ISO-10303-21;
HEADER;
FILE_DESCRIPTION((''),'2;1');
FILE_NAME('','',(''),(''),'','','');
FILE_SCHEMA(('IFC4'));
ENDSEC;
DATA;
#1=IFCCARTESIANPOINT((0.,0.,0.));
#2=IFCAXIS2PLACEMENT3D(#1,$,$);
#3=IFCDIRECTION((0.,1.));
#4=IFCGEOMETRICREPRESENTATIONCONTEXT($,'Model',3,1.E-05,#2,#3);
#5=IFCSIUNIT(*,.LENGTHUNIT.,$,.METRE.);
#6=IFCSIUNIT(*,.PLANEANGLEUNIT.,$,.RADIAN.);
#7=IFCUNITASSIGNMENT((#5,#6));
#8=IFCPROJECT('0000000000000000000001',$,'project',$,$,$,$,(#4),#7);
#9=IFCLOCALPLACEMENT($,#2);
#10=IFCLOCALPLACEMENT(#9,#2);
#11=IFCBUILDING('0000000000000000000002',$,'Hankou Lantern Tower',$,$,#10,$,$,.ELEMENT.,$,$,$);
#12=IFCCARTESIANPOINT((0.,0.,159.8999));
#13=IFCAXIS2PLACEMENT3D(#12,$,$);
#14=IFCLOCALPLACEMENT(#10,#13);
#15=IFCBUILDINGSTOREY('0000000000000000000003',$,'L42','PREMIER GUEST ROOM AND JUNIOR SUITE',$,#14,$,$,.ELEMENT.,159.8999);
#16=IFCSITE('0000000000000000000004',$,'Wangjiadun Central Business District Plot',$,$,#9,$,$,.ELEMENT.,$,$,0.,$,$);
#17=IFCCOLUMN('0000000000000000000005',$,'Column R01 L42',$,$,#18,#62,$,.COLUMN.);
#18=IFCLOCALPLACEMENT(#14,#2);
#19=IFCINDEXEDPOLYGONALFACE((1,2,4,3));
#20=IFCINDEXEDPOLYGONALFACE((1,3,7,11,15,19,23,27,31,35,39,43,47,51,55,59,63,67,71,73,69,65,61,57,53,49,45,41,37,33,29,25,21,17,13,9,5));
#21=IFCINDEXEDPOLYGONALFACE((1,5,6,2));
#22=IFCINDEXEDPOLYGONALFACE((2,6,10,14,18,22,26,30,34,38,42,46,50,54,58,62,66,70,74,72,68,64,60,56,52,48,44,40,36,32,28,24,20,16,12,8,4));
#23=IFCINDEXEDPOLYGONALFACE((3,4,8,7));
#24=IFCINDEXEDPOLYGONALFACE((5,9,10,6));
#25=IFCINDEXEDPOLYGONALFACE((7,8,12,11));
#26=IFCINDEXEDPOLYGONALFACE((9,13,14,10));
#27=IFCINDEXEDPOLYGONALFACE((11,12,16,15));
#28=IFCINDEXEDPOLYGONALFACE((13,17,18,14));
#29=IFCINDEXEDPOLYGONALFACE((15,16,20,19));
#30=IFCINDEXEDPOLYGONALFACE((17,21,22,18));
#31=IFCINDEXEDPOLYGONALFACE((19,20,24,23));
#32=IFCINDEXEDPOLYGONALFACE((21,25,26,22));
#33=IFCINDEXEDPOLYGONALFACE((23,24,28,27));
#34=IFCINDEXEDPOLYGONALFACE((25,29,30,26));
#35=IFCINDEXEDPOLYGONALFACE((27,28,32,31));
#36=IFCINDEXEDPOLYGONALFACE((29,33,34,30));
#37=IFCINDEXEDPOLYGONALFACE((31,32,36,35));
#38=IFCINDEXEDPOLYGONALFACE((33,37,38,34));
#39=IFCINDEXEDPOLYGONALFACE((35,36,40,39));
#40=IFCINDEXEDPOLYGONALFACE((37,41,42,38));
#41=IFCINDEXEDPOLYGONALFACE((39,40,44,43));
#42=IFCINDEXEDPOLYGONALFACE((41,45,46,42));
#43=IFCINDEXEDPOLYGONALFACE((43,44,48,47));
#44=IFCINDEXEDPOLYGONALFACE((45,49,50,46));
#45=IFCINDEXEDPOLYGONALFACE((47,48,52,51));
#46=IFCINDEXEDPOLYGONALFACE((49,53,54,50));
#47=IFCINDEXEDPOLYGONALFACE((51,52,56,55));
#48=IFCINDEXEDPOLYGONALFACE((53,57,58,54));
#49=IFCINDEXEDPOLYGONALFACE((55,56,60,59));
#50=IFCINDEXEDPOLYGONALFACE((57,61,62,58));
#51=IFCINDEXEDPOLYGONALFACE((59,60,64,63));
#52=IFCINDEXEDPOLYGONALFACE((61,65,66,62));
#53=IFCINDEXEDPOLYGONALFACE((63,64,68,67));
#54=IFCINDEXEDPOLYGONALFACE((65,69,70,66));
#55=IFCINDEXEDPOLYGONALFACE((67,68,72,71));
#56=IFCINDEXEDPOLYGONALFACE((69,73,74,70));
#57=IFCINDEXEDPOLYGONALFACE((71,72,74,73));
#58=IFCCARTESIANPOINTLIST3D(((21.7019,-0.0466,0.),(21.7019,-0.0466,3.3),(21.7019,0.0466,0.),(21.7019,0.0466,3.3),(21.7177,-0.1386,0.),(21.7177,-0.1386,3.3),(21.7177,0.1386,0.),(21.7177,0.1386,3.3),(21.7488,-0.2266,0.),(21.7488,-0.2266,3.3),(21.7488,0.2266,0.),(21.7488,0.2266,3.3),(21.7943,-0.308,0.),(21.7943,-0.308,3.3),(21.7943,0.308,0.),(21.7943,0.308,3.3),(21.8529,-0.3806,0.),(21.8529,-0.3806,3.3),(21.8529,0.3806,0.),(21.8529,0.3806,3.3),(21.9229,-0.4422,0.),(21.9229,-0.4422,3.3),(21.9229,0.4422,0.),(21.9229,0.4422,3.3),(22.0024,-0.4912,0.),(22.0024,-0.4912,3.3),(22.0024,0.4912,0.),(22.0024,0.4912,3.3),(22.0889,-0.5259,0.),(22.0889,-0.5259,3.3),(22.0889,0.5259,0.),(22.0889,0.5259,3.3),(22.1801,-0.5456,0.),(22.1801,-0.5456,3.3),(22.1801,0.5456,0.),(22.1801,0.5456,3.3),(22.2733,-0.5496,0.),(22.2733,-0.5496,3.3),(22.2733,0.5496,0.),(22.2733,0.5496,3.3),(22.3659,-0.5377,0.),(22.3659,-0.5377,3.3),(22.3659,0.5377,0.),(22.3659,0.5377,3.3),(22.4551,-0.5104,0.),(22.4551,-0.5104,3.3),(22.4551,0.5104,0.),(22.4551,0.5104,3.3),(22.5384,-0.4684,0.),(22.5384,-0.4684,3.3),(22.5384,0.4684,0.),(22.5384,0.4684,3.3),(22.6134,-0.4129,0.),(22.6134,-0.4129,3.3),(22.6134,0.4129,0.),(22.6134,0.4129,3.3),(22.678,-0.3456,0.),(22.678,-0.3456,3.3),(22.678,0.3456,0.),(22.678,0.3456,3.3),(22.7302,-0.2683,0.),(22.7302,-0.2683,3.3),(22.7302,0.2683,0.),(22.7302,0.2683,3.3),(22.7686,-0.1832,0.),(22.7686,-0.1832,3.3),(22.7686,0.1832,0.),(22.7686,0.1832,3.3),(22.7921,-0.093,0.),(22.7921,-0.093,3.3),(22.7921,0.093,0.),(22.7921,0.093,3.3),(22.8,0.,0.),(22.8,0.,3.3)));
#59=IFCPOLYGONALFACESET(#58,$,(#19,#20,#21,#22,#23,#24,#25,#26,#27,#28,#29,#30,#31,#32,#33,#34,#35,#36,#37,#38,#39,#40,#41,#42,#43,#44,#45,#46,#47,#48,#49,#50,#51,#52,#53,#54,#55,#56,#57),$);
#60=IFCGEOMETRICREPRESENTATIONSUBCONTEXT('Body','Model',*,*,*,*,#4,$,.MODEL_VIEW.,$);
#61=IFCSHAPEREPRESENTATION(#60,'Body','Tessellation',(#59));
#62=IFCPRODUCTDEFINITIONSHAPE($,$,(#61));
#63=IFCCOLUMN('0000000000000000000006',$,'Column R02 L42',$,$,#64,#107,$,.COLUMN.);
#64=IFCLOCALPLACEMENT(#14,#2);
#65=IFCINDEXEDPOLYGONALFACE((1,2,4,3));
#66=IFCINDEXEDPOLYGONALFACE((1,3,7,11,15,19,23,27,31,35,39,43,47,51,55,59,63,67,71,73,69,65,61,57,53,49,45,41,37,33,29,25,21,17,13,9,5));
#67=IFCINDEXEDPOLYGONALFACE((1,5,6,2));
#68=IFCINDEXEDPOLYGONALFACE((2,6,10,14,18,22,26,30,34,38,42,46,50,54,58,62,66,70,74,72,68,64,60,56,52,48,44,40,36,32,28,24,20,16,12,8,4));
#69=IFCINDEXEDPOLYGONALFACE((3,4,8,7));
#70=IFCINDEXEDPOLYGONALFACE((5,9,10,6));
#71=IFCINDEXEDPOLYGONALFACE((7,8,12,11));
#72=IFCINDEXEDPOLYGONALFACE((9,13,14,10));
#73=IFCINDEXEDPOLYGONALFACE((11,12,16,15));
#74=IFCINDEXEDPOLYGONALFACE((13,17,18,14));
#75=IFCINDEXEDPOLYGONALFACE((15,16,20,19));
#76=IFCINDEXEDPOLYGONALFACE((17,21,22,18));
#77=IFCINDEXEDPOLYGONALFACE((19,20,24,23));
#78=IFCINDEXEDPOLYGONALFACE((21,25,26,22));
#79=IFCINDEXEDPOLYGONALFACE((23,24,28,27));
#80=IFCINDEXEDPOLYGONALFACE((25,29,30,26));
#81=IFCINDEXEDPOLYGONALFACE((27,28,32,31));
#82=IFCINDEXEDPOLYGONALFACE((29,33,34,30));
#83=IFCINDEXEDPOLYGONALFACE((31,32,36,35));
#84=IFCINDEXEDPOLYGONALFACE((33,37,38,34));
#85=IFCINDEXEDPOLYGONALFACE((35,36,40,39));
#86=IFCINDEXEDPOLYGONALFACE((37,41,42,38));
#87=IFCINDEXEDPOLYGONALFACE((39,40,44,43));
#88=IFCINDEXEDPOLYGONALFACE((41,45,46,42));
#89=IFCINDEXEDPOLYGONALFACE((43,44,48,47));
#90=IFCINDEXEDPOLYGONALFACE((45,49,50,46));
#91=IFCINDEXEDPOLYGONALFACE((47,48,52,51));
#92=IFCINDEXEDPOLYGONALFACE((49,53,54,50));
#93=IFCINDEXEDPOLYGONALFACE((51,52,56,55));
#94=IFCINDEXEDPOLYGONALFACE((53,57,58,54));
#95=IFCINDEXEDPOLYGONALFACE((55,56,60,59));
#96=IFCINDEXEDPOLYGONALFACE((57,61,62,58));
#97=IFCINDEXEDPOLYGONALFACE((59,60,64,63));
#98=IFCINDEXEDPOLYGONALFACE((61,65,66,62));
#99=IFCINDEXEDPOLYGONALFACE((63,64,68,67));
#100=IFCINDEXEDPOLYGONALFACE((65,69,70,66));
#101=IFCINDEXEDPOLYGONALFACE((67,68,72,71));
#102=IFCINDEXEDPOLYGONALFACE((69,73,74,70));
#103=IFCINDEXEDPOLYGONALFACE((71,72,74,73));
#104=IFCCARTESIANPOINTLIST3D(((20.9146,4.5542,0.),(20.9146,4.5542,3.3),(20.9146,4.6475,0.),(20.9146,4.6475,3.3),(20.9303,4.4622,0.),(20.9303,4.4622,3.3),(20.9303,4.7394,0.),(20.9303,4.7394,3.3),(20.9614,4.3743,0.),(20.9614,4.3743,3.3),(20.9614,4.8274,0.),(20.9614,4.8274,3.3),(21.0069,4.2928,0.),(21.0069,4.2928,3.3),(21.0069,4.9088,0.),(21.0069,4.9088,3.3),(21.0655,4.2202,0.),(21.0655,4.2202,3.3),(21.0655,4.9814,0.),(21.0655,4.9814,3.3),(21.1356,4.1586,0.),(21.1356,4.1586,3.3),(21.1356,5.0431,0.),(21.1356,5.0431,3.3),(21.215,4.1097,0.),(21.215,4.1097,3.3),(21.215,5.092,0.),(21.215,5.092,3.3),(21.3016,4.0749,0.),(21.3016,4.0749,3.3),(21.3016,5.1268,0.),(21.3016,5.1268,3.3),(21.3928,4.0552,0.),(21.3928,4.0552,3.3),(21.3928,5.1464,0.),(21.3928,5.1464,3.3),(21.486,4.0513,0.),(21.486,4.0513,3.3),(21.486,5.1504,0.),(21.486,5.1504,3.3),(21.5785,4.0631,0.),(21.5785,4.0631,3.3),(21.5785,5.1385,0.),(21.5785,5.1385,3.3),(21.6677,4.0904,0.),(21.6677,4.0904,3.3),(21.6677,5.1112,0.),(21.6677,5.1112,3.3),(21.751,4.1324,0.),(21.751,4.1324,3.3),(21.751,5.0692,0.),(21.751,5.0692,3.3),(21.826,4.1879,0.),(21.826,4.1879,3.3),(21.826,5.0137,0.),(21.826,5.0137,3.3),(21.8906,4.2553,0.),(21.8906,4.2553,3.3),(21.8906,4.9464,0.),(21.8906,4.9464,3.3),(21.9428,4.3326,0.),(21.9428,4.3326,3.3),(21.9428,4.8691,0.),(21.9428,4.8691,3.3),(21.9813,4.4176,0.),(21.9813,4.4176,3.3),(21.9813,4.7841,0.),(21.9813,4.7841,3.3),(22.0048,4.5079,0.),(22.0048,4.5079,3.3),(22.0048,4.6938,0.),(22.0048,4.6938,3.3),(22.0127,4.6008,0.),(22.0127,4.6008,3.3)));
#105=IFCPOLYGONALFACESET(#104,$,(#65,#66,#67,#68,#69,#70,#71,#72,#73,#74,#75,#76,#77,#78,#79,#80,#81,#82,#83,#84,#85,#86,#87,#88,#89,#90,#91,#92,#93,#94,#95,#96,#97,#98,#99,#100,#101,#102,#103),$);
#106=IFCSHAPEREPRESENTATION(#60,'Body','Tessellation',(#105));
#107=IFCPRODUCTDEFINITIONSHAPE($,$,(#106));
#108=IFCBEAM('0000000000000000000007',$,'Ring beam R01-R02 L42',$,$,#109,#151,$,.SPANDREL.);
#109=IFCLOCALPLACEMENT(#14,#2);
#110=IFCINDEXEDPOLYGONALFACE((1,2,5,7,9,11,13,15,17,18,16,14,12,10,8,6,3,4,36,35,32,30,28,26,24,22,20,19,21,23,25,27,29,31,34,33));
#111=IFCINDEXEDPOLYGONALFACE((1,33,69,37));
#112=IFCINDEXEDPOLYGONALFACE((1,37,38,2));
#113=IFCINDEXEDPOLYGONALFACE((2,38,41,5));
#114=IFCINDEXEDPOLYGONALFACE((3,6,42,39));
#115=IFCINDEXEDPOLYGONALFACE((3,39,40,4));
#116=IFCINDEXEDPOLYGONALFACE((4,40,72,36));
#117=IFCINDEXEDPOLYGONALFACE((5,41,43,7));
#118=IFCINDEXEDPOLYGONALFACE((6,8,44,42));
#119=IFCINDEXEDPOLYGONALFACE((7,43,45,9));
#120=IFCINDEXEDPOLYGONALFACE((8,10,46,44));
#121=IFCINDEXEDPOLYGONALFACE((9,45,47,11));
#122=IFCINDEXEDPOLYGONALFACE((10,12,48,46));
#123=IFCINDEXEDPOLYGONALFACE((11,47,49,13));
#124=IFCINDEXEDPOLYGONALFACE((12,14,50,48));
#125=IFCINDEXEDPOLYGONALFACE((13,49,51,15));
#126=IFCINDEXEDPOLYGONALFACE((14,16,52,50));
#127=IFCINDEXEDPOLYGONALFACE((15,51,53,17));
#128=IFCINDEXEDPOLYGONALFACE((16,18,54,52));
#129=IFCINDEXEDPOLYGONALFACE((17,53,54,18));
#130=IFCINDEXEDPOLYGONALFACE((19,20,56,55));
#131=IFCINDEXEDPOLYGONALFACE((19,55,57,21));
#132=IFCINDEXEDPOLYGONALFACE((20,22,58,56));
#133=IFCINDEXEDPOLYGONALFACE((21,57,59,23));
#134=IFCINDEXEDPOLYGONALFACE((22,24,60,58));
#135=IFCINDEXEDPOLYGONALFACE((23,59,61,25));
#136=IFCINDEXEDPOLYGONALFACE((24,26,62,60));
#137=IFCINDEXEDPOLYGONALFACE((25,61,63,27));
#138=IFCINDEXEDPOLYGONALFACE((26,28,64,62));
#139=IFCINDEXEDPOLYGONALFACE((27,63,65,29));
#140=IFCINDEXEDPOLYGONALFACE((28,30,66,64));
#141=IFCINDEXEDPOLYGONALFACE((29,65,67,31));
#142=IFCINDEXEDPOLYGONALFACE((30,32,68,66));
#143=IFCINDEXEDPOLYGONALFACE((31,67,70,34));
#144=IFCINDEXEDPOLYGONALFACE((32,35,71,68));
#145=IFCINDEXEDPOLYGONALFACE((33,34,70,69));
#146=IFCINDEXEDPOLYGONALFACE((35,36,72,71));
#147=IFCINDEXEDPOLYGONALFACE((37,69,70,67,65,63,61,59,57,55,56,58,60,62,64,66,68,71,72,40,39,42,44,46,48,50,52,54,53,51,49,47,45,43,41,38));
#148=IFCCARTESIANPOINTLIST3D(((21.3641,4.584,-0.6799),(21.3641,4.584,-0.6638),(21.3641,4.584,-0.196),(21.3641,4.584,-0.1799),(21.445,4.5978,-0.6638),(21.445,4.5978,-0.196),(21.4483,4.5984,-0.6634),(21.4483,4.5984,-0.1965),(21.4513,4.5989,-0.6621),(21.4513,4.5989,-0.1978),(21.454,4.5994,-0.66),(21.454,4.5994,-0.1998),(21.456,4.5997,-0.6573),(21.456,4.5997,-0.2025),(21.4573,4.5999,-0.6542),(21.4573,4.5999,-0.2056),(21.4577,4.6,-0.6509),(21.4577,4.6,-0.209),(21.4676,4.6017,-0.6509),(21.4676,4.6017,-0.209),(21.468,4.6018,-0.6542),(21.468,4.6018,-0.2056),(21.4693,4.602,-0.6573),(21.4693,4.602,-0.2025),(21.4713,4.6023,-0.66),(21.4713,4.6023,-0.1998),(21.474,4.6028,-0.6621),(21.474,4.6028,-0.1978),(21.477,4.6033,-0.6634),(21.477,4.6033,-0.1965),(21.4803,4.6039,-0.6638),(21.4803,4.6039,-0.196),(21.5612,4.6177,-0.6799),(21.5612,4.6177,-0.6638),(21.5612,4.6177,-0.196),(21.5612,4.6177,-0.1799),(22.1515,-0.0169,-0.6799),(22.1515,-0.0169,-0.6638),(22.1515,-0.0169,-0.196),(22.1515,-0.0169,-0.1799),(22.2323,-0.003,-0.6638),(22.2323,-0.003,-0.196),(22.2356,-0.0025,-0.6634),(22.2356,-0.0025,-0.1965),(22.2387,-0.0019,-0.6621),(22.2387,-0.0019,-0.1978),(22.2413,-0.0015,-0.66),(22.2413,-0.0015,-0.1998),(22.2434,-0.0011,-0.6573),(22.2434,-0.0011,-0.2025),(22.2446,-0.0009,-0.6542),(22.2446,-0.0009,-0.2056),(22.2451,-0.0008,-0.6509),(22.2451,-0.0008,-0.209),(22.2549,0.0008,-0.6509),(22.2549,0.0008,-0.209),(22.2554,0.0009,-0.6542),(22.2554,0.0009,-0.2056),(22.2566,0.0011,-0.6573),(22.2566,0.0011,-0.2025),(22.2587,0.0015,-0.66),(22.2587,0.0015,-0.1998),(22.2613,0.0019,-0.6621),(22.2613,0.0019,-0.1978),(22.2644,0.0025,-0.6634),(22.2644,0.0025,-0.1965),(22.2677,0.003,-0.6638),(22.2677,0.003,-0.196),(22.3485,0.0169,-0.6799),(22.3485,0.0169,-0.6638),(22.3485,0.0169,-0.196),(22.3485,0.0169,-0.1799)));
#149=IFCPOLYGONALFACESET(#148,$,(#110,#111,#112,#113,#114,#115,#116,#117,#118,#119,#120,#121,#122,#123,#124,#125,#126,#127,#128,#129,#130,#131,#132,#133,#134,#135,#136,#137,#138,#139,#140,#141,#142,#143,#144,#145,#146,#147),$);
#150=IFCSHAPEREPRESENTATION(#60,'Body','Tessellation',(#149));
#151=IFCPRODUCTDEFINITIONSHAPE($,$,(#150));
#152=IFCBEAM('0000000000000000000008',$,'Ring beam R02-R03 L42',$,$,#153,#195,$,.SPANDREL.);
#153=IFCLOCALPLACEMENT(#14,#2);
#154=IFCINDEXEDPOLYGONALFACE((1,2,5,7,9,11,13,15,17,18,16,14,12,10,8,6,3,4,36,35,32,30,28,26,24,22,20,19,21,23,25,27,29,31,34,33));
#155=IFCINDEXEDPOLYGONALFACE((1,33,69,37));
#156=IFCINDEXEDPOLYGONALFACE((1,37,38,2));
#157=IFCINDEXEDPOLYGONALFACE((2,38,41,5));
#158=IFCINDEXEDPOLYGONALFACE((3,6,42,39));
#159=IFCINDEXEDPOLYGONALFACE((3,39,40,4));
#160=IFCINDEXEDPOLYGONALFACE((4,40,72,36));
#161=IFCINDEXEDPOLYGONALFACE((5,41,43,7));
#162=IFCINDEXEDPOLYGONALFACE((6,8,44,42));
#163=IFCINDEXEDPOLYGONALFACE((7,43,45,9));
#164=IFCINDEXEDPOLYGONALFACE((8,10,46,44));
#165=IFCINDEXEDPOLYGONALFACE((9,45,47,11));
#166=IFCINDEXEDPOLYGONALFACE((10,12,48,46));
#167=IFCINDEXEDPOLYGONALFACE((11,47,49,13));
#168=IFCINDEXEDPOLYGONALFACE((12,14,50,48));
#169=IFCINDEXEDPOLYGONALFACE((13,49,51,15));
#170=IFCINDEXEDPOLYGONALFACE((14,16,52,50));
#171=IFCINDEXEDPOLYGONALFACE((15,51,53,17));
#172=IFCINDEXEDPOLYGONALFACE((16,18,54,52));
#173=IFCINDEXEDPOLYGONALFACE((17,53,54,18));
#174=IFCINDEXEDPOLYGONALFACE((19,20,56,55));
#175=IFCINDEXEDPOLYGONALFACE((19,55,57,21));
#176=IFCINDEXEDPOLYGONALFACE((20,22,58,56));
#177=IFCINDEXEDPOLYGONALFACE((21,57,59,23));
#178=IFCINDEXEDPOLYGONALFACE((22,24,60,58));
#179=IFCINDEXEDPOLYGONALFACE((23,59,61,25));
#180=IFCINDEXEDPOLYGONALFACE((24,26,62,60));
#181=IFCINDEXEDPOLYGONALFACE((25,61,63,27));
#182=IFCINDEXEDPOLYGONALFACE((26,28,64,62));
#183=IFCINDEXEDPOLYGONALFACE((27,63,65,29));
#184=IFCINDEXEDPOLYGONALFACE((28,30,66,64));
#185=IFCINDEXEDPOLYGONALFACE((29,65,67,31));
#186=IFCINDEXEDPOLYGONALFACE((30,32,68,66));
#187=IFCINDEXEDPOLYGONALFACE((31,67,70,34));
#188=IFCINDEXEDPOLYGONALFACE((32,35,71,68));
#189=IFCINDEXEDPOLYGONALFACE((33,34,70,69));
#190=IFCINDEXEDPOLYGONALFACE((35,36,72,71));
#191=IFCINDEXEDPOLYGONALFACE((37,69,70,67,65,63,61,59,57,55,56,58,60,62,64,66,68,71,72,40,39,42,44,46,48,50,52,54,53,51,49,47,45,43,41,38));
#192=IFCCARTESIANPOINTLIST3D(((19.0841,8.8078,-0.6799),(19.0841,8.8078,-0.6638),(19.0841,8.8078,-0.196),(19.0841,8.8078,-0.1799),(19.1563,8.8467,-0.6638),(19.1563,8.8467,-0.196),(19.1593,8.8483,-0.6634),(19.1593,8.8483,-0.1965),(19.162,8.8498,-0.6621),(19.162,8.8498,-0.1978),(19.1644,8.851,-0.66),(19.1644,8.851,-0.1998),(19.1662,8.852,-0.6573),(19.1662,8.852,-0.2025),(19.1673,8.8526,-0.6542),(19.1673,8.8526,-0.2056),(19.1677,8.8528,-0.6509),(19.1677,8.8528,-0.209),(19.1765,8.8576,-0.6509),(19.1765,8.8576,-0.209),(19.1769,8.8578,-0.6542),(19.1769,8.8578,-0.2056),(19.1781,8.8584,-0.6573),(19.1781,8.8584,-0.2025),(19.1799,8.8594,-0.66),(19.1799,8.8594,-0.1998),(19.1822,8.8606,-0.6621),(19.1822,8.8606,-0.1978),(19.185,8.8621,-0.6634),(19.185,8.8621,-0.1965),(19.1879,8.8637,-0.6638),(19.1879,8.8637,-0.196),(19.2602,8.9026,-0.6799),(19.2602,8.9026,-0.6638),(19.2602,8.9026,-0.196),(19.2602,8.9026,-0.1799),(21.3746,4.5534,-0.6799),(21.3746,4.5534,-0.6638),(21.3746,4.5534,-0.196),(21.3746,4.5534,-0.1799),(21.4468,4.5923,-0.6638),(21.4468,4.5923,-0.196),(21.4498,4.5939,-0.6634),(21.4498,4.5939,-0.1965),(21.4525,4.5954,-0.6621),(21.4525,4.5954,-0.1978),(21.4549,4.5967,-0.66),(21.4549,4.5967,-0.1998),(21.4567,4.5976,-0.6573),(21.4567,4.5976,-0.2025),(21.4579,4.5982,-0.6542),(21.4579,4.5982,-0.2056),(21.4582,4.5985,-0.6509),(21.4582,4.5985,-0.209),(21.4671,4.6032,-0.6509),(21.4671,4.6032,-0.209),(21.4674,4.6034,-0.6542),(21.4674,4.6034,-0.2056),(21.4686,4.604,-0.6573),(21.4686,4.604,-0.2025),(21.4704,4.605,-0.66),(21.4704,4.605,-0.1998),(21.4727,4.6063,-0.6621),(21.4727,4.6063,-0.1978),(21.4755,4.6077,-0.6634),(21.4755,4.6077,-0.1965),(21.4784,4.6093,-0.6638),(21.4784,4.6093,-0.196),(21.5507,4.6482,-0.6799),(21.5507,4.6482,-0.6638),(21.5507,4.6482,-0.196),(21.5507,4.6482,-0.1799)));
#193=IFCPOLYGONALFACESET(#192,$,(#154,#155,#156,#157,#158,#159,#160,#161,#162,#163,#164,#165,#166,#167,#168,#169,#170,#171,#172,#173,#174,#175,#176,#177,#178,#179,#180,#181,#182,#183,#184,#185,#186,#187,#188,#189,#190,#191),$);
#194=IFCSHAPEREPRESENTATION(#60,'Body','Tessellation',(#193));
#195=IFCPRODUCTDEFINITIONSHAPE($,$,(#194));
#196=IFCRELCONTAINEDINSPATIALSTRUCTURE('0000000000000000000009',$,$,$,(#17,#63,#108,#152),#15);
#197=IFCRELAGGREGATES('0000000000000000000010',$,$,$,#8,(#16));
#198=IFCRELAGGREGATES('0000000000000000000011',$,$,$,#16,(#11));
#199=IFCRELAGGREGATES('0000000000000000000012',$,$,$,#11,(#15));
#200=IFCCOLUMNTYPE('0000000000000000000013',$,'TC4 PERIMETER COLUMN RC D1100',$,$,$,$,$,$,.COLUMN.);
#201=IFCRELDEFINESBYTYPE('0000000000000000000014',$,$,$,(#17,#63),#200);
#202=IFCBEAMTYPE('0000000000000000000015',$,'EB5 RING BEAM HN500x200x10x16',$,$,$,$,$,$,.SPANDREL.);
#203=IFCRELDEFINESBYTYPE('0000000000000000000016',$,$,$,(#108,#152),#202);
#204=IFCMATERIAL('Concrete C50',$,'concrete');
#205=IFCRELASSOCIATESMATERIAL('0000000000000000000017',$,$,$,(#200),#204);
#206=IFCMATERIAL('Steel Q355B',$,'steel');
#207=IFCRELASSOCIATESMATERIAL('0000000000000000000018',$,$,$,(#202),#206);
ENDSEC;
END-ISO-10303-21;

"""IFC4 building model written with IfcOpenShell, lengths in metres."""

from ifc_helpers import new_model, si_unit, direction, frame, origin, origin_2d, place, context, subcontext, project, spatial, circle, i_section, extrude, material, material_profile, profile_set, type_object, element, save


model = new_model("IFC4")

# Units and contexts
model_context = context("Model", 3, precision=1e-05, world=origin(), true_north=direction((0.0, 1.0)))
body_context = subcontext(model_context, "Body", "Model", "MODEL_VIEW")
ifc_project = project(units=[si_unit("LENGTHUNIT", "METRE"), si_unit("PLANEANGLEUNIT", "RADIAN")], contexts=[model_context])

# Site, building, storey
site_placement = place(None, origin())
site = spatial("IfcSite", under=ifc_project, at=site_placement, Name="Wangjiadun Central Business District Plot", CompositionType="ELEMENT", RefElevation=0.0)
building_placement = place(site_placement, origin())
building = spatial("IfcBuilding", under=site, at=building_placement, Name="Hankou Lantern Tower", CompositionType="ELEMENT")
storey_placement = place(building_placement, frame((0.0, 0.0, 159.8999)))
storey = spatial("IfcBuildingStorey", under=building, at=storey_placement, Name="L42", Description="PREMIER GUEST ROOM AND JUNIOR SUITE", CompositionType="ELEMENT", Elevation=159.8999)

# Columns
ifc_material_1 = material(Name="Concrete C50", Category="concrete")
ifc_material_profile_1 = material_profile(ifc_material_1, circle(Radius=0.55, at=origin_2d()), Name="RC D1100")
ifc_profile_set_1 = profile_set([ifc_material_profile_1], Name="Concrete C50")
column_type = type_object("IfcColumnType", Name="TC4 PERIMETER COLUMN RC D1100", PredefinedType="COLUMN", material=ifc_profile_set_1)
for number, where, z_axis, x_axis, name in (
    (1, (22.25, 0.0, 0.0), (0.0, 0.0, 1.0), (1.0, 0.0, 0.0), "Column R01 L42"),
    (2, (21.4626, 4.6008, 0.0), (0.0, 0.0, 1.0), (1.0, 0.0, 0.0), "Column R02 L42"),
):
    element("IfcColumn", number, at=place(storey_placement, frame(where, z_axis=z_axis, x_axis=x_axis)), inside=storey, type_object=column_type, Name=name, PredefinedType="COLUMN", context=body_context, shape_type="SweptSolid", body=[
        extrude(circle(Radius=0.55, at=origin_2d()), origin(), (0.0, 0.0, 1.0), 3.3),
    ])

# Beams
ifc_material_2 = material(Name="Steel Q355B", Category="steel")
ifc_material_profile_2 = material_profile(ifc_material_2, i_section(OverallWidth=0.2, OverallDepth=0.5, WebThickness=0.01, FlangeThickness=0.0161, FilletRadius=0.0129, at=origin_2d()), Name="HN500x200x10x16")
ifc_profile_set_2 = profile_set([ifc_material_profile_2], Name="Steel Q355B")
beam_type_1 = type_object("IfcBeamType", Name="EB5 RING BEAM HN500x200x10x16", PredefinedType="SPANDREL", material=ifc_profile_set_2)
beam_1_placement = place(storey_placement, frame((22.25, 0.0, -0.4299), z_axis=(-0.168681, 0.985671, 0.0), x_axis=(-0.985671, -0.168681, 0.0)))
element("IfcBeam", 3, at=beam_1_placement, inside=storey, type_object=beam_type_1, Name="Ring beam R01-R02 L42", PredefinedType="SPANDREL", context=body_context, shape_type="SweptSolid", body=[
    extrude(i_section(OverallWidth=0.2, OverallDepth=0.5, WebThickness=0.01, FlangeThickness=0.0161, FilletRadius=0.0129, at=origin_2d()), origin(), (0.0, 0.0, 1.0), 4.6677),
])
beam_2_placement = place(storey_placement, frame((21.4626, 4.6008, -0.4299), z_axis=(-0.474052, 0.880497, 0.0), x_axis=(-0.880497, -0.474052, 0.0)))
element("IfcBeam", 4, at=beam_2_placement, inside=storey, type_object=beam_type_1, Name="Ring beam R02-R03 L42", PredefinedType="SPANDREL", context=body_context, shape_type="SweptSolid", body=[
    extrude(i_section(OverallWidth=0.2, OverallDepth=0.5, WebThickness=0.01, FlangeThickness=0.0161, FilletRadius=0.0129, at=origin_2d()), origin(), (0.0, 0.0, 1.0), 4.8318),
])

save(model, "model.ifc")
